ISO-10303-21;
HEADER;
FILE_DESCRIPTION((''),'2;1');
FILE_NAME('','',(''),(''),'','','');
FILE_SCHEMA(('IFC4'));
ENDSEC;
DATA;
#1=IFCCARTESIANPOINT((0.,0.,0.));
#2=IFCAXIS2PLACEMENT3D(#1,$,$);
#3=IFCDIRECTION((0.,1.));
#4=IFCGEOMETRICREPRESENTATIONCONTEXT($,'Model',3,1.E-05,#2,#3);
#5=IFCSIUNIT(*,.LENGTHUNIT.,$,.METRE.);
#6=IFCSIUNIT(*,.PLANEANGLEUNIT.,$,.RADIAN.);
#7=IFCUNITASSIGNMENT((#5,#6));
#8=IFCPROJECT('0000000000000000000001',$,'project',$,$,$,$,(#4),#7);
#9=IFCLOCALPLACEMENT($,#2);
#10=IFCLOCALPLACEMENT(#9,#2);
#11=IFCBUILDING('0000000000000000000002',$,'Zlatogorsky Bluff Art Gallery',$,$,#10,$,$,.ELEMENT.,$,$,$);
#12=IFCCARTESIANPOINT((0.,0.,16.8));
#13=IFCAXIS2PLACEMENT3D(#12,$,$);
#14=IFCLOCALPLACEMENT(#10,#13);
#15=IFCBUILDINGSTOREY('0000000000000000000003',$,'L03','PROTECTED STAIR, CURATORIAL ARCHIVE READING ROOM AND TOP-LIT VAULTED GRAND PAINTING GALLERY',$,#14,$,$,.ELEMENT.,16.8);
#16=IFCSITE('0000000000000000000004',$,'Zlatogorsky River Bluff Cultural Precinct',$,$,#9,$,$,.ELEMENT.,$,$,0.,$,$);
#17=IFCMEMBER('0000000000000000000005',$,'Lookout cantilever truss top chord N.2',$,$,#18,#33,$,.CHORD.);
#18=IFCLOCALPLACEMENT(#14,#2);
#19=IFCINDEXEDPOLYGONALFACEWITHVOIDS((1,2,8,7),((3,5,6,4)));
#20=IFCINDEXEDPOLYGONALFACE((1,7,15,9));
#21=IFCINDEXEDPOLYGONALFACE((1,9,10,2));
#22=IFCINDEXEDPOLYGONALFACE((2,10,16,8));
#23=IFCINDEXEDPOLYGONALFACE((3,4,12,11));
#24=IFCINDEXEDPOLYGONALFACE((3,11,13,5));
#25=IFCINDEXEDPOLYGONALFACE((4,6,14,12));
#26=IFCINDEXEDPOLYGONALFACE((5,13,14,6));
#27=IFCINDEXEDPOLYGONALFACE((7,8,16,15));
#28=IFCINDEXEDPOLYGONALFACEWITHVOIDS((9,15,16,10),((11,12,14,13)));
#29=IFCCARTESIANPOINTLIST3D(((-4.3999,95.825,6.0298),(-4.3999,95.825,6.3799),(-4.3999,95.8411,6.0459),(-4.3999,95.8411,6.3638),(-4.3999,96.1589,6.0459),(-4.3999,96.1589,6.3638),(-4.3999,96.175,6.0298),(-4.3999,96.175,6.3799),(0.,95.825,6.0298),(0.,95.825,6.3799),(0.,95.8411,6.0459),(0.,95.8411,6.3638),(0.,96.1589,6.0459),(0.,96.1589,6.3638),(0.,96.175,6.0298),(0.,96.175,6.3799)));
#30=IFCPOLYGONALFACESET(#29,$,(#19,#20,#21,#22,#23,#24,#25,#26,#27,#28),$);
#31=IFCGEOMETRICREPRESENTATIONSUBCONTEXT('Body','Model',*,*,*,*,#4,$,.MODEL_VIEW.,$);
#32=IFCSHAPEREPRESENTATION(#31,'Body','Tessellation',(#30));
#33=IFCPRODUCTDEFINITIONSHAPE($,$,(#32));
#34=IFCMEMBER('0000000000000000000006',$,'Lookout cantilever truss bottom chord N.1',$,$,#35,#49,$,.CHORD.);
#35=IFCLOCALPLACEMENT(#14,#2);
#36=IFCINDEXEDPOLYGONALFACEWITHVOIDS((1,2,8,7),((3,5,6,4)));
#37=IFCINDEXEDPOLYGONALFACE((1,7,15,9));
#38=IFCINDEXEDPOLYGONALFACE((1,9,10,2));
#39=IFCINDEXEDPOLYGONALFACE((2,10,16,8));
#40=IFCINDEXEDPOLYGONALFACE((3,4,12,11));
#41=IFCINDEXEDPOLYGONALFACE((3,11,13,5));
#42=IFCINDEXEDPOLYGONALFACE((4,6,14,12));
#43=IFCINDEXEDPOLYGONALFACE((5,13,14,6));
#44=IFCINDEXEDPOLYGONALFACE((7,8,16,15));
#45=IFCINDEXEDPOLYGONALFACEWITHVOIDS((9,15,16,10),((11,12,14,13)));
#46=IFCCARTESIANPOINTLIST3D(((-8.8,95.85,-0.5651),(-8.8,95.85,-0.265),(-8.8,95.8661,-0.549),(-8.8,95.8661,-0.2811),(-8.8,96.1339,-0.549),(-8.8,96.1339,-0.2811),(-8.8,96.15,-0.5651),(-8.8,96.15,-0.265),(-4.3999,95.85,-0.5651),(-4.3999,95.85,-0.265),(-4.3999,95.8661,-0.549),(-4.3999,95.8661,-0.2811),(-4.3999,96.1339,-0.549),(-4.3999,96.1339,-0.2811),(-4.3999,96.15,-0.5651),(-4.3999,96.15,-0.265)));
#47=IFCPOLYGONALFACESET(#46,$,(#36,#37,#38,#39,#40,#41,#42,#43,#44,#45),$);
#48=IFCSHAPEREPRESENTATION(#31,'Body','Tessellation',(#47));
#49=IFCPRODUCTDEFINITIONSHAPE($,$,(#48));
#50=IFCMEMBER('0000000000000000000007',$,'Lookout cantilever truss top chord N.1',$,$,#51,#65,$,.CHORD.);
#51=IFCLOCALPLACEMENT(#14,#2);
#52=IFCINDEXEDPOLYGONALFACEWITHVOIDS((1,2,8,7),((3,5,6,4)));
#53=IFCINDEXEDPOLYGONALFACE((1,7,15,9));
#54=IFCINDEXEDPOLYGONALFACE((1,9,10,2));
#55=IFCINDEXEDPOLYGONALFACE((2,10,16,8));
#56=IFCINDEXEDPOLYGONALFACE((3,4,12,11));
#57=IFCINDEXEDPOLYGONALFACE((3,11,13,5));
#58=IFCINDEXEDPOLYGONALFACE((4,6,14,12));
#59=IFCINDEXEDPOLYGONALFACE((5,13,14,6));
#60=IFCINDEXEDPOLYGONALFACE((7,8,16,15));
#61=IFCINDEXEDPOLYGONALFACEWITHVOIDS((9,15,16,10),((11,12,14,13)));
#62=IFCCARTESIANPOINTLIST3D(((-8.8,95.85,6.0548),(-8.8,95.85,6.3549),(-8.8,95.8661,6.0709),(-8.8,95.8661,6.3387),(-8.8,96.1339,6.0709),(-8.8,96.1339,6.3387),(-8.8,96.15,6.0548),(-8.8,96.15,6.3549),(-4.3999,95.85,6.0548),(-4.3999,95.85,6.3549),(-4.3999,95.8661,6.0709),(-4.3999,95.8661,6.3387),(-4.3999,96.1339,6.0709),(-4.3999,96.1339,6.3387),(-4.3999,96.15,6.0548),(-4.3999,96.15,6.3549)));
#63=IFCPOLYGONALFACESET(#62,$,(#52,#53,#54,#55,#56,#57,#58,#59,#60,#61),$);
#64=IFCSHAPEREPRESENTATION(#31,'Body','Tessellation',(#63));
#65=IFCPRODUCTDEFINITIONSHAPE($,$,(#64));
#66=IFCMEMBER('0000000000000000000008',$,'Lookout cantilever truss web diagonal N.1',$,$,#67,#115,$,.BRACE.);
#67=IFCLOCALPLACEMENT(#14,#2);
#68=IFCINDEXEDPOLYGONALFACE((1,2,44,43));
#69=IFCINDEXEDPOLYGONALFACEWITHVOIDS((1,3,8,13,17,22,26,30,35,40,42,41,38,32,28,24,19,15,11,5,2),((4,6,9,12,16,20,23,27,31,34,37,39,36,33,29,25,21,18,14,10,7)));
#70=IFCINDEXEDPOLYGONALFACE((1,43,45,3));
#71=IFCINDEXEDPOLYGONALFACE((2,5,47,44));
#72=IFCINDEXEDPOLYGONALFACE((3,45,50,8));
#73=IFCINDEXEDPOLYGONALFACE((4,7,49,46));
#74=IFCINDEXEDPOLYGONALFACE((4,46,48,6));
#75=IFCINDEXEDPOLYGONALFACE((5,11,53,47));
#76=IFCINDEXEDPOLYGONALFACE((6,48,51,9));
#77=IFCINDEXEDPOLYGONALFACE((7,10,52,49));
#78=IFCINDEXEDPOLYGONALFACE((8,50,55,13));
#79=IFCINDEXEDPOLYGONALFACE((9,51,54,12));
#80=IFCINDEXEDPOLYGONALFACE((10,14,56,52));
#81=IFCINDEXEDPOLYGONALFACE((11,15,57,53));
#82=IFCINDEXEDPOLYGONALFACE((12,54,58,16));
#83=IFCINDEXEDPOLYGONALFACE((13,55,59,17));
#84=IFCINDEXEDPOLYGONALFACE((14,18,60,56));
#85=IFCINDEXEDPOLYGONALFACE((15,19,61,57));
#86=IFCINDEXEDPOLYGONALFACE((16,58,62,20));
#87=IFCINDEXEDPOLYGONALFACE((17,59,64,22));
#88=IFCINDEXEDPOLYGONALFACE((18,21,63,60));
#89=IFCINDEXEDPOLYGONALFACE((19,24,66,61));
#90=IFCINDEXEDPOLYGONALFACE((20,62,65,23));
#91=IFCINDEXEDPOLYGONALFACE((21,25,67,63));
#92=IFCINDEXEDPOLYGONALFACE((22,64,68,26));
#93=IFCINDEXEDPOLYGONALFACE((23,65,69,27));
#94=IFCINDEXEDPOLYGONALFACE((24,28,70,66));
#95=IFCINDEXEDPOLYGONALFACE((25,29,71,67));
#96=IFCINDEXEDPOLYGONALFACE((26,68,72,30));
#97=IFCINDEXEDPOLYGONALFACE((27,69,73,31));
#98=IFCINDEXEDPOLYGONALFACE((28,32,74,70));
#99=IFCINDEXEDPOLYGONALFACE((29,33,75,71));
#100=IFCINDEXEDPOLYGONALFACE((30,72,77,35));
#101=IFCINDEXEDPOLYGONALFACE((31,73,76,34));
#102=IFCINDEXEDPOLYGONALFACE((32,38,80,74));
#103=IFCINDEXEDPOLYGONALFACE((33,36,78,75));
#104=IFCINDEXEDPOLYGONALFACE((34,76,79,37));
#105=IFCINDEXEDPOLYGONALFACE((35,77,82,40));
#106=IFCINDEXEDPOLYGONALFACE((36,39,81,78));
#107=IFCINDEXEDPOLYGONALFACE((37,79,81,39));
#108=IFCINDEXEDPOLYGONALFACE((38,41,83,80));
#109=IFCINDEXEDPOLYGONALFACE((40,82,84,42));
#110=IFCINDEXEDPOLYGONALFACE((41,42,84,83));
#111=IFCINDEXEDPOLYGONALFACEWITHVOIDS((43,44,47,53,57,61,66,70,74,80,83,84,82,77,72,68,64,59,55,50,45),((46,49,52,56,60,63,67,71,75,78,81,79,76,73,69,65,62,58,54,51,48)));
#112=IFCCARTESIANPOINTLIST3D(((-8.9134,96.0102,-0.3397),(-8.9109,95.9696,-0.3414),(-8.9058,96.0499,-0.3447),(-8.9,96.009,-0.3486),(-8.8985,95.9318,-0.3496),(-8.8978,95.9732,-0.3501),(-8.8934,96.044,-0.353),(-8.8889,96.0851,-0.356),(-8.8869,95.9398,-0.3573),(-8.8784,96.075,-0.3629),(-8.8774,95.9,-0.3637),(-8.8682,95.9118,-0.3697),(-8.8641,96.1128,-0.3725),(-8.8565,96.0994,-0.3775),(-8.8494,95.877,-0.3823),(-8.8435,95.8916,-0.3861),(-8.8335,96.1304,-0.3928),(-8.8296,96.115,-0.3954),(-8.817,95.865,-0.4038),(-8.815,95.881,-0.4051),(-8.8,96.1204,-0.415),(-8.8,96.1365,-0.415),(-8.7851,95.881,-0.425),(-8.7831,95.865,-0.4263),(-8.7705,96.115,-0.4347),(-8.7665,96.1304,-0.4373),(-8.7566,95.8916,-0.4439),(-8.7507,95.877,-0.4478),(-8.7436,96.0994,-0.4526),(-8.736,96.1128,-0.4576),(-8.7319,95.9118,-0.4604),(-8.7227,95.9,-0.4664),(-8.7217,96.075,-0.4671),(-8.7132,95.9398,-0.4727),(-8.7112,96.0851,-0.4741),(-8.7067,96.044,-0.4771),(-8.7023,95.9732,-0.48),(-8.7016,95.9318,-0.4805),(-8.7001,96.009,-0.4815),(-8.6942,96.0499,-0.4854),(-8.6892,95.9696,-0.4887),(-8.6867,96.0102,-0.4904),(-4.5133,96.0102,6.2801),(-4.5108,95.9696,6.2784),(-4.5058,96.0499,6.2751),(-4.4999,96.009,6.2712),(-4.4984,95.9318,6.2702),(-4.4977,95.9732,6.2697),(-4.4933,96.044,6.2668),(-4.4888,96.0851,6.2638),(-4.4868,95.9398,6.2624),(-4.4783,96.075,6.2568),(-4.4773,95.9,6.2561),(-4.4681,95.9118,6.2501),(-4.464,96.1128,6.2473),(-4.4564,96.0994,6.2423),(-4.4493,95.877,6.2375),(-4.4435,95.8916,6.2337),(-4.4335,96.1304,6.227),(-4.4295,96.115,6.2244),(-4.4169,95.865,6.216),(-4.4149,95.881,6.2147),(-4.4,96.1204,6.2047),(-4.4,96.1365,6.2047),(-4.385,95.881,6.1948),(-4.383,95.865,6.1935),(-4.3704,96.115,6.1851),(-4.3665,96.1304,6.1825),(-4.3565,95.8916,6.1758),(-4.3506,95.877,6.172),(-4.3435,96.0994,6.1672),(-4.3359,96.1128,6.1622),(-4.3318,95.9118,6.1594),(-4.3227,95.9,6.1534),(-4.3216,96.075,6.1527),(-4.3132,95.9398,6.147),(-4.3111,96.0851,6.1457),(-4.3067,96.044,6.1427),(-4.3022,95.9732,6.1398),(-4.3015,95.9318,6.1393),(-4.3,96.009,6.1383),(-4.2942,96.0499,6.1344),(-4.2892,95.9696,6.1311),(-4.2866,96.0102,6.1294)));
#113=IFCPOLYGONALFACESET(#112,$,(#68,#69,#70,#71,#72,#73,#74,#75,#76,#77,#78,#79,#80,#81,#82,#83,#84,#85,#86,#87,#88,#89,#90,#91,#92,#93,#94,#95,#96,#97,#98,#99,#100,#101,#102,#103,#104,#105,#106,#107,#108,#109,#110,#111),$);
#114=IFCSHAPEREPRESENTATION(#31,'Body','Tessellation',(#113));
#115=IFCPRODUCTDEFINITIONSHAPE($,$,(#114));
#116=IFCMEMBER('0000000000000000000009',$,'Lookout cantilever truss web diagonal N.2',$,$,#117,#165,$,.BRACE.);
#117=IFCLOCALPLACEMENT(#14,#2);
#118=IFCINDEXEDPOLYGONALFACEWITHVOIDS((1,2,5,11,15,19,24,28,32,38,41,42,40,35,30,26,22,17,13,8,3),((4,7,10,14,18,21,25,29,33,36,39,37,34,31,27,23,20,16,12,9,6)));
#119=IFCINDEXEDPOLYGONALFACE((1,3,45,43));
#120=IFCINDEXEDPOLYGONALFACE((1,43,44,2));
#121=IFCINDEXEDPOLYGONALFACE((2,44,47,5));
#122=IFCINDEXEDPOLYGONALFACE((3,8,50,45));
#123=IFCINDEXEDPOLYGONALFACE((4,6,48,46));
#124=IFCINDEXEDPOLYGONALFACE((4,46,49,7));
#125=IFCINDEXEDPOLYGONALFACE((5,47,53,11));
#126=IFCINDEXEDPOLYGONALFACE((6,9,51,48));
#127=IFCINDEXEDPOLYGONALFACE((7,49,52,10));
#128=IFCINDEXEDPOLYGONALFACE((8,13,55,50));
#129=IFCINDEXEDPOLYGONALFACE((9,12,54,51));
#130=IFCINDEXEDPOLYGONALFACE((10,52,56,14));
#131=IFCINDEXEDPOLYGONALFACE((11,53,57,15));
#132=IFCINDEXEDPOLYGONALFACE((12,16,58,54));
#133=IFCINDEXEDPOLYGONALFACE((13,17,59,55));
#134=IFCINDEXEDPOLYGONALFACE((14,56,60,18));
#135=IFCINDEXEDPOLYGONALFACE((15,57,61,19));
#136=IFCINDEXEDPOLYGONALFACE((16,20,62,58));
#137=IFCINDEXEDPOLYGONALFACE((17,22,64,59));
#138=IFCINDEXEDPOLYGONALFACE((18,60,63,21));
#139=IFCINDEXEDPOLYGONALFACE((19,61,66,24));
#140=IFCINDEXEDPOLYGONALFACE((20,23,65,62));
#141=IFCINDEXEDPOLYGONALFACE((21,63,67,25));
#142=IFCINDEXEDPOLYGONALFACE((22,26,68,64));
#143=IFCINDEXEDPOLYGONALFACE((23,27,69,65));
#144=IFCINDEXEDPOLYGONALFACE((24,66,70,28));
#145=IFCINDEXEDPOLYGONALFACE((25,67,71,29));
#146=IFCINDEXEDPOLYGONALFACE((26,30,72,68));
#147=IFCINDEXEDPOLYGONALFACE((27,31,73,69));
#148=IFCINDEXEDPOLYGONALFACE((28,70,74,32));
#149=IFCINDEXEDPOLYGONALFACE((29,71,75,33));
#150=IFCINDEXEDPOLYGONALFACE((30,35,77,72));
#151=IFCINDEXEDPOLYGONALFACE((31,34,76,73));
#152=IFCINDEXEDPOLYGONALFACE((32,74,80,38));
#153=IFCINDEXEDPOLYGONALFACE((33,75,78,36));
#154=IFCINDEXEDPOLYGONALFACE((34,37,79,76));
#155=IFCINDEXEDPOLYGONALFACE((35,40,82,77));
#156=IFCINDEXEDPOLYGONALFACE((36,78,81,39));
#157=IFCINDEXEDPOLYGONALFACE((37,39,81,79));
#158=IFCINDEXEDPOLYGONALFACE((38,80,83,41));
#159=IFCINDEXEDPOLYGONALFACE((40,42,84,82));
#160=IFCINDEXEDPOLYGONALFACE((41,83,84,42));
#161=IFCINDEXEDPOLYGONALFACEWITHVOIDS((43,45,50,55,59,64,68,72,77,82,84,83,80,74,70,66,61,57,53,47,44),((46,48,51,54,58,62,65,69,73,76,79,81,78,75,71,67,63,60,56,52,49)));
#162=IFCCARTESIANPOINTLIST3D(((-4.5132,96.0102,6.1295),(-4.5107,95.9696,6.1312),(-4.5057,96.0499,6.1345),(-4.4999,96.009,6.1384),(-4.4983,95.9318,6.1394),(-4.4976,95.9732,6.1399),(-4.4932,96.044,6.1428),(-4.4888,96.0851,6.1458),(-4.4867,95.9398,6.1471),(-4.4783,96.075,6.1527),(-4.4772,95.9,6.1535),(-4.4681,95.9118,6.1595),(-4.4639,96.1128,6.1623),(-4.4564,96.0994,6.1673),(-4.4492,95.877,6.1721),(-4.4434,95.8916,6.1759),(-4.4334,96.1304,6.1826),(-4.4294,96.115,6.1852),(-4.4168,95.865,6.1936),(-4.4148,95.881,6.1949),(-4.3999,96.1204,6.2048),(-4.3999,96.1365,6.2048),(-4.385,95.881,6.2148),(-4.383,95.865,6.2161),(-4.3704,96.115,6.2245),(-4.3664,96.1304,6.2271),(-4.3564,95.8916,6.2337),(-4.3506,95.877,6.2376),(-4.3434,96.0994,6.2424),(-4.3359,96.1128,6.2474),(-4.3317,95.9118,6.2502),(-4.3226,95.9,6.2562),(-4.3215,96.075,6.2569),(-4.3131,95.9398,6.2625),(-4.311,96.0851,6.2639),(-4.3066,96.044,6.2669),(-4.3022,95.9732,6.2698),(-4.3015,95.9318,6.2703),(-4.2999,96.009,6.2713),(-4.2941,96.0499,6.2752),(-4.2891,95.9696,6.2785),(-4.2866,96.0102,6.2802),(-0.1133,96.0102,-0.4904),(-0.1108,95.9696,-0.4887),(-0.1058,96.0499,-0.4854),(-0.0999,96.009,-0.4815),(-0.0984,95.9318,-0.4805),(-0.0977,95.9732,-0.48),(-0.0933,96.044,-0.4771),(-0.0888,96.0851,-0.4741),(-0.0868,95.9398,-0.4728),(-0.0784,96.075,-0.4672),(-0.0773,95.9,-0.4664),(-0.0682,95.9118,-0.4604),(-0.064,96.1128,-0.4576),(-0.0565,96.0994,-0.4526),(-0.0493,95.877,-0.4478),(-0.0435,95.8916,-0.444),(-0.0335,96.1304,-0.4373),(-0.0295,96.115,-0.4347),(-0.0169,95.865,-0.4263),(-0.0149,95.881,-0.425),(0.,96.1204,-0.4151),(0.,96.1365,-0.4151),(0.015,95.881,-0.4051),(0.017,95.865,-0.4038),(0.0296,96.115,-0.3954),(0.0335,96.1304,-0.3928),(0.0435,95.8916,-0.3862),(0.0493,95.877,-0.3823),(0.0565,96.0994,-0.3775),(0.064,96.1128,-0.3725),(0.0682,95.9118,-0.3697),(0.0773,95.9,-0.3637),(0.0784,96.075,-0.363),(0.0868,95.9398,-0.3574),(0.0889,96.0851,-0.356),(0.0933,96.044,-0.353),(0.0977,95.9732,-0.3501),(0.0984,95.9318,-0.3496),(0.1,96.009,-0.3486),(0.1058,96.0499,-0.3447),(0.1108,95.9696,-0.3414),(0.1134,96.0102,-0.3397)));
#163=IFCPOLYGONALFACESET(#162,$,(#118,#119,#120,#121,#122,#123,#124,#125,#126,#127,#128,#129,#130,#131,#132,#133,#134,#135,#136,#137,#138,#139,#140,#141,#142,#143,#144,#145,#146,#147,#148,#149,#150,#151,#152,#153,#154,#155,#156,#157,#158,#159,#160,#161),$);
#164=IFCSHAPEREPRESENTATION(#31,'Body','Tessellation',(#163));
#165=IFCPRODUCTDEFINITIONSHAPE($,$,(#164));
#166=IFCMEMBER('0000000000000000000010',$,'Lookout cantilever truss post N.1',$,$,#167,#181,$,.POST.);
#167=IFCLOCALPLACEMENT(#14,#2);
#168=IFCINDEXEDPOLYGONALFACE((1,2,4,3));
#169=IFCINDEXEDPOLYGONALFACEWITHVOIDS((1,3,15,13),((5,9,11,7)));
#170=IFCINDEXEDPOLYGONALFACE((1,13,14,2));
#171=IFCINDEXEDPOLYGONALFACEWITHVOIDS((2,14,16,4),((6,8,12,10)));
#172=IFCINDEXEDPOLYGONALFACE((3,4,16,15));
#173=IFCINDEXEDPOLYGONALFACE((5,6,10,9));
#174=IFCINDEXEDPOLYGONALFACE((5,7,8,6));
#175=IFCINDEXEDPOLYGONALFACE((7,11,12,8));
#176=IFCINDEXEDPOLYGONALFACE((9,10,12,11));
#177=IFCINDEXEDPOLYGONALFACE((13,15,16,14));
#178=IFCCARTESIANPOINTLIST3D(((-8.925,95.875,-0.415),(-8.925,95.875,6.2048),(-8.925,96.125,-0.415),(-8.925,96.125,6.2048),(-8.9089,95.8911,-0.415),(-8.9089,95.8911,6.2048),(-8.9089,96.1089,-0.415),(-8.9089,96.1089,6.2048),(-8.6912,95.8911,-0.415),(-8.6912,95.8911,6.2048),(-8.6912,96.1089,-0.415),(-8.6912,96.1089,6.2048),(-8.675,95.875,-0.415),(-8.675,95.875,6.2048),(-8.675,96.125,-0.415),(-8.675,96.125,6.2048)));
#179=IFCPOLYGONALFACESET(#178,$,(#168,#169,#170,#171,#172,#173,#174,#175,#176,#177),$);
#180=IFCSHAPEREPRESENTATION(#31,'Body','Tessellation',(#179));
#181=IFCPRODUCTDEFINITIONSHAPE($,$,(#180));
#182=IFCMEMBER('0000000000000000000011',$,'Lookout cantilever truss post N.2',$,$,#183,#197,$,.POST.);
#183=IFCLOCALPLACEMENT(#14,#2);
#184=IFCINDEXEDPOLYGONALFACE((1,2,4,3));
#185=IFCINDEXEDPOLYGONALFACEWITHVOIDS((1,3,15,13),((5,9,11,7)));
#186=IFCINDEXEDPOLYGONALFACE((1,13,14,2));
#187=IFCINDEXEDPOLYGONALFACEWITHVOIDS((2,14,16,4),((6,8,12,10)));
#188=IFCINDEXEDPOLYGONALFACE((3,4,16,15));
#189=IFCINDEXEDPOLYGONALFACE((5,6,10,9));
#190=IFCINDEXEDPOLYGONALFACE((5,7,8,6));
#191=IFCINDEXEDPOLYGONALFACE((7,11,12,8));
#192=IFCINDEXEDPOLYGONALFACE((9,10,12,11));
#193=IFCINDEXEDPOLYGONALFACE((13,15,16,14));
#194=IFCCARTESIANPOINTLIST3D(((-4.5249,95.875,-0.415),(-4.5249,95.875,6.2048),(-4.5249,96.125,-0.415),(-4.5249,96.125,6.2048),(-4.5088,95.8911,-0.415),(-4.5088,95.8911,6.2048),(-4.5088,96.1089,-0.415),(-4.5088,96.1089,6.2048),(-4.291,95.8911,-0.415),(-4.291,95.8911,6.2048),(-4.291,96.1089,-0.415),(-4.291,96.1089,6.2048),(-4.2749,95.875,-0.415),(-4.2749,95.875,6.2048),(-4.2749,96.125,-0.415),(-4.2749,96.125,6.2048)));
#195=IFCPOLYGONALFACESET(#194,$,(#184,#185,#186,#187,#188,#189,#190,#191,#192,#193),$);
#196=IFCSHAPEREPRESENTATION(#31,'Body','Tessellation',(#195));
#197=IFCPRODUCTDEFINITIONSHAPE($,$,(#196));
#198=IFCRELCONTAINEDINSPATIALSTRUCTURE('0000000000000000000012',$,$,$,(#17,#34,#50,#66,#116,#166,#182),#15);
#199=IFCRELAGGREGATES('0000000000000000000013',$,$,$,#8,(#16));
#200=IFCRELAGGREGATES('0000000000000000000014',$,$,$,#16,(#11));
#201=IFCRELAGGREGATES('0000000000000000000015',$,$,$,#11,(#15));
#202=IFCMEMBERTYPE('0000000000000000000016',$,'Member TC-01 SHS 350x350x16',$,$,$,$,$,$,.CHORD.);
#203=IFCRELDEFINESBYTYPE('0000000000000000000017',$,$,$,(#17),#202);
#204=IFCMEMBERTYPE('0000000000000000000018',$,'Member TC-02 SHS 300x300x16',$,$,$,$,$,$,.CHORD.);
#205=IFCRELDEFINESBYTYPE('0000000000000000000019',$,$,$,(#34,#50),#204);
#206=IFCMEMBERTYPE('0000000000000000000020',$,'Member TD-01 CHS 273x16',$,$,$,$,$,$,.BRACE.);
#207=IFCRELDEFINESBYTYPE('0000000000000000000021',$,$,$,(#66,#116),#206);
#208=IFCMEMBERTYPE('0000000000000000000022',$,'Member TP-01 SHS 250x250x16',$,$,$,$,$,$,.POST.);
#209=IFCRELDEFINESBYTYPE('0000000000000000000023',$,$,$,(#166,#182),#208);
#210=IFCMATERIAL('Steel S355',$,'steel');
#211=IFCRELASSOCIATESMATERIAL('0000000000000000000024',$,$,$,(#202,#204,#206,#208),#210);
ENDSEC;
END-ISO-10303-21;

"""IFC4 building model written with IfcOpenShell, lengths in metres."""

from ifc_helpers import new_model, si_unit, direction, frame, origin, origin_2d, place, context, subcontext, project, spatial, hollow_rectangle, hollow_circle, extrude, material, material_profile, profile_set, type_object, element, save


model = new_model("IFC4")

# Units and contexts
model_context = context("Model", 3, precision=1e-05, world=origin(), true_north=direction((0.0, 1.0)))
body_context = subcontext(model_context, "Body", "Model", "MODEL_VIEW")
ifc_project = project(units=[si_unit("LENGTHUNIT", "METRE"), si_unit("PLANEANGLEUNIT", "RADIAN")], contexts=[model_context])

# Site, building, storey
site_placement = place(None, origin())
site = spatial("IfcSite", under=ifc_project, at=site_placement, Name="Zlatogorsky River Bluff Cultural Precinct", CompositionType="ELEMENT", RefElevation=0.0)
building_placement = place(site_placement, origin())
building = spatial("IfcBuilding", under=site, at=building_placement, Name="Zlatogorsky Bluff Art Gallery", CompositionType="ELEMENT")
storey_placement = place(building_placement, frame((0.0, 0.0, 16.8)))
storey = spatial("IfcBuildingStorey", under=building, at=storey_placement, Name="L03", Description="PROTECTED STAIR, CURATORIAL ARCHIVE READING ROOM AND TOP-LIT VAULTED GRAND PAINTING GALLERY", CompositionType="ELEMENT", Elevation=16.8)

# Members
ifc_material_1 = material(Name="Steel S355", Category="steel")
ifc_material_profile_1 = material_profile(ifc_material_1, hollow_rectangle(XDim=0.3501, YDim=0.3501, WallThickness=0.0161, at=origin_2d()), Name="SHS 350x350x16")
ifc_profile_set_1 = profile_set([ifc_material_profile_1], Name="Steel S355")
member_type_1 = type_object("IfcMemberType", Name="Member TC-01 SHS 350x350x16", PredefinedType="CHORD", material=ifc_profile_set_1)
for number, where, z_axis, x_axis, name in (
    (1, (-4.3999, 96.0, 6.2048), (1.0, 0.0, 0.0), (0.0, 1.0, 0.0), "Lookout cantilever truss top chord N.2"),
):
    element("IfcMember", number, at=place(storey_placement, frame(where, z_axis=z_axis, x_axis=x_axis)), inside=storey, type_object=member_type_1, Name=name, PredefinedType="CHORD", context=body_context, shape_type="SweptSolid", body=[
        extrude(hollow_rectangle(XDim=0.3501, YDim=0.3501, WallThickness=0.0161, at=origin_2d()), origin(), (0.0, 0.0, 1.0), 4.3999),
    ])
ifc_material_profile_2 = material_profile(ifc_material_1, hollow_rectangle(XDim=0.3, YDim=0.3, WallThickness=0.0161, at=origin_2d()), Name="SHS 300x300x16")
ifc_profile_set_2 = profile_set([ifc_material_profile_2], Name="Steel S355")
member_type_2 = type_object("IfcMemberType", Name="Member TC-02 SHS 300x300x16", PredefinedType="CHORD", material=ifc_profile_set_2)
for number, where, z_axis, x_axis, name in (
    (2, (-8.8, 96.0, -0.415), (1.0, 0.0, 0.0), (0.0, 1.0, 0.0), "Lookout cantilever truss bottom chord N.1"),
    (3, (-8.8, 96.0, 6.2048), (1.0, 0.0, 0.0), (0.0, 1.0, 0.0), "Lookout cantilever truss top chord N.1"),
):
    element("IfcMember", number, at=place(storey_placement, frame(where, z_axis=z_axis, x_axis=x_axis)), inside=storey, type_object=member_type_2, Name=name, PredefinedType="CHORD", context=body_context, shape_type="SweptSolid", body=[
        extrude(hollow_rectangle(XDim=0.3, YDim=0.3, WallThickness=0.0161, at=origin_2d()), origin(), (0.0, 0.0, 1.0), 4.4001),
    ])
ifc_material_profile_3 = material_profile(ifc_material_1, hollow_circle(Radius=0.1365, WallThickness=0.0161, at=origin_2d()), Name="CHS 273x16")
ifc_profile_set_3 = profile_set([ifc_material_profile_3], Name="Steel S355")
member_type_3 = type_object("IfcMemberType", Name="Member TD-01 CHS 273x16", PredefinedType="BRACE", material=ifc_profile_set_3)
for number, where, z_axis, x_axis, name in (
    (4, (-8.8, 96.0, -0.415), (0.553559, 0.0, 0.83281), (0.0, 1.0, 0.0), "Lookout cantilever truss web diagonal N.1"),
    (5, (-4.3999, 96.0, 6.2048), (0.553537, 0.0, -0.832824), (0.0, 1.0, 0.0), "Lookout cantilever truss web diagonal N.2"),
):
    element("IfcMember", number, at=place(storey_placement, frame(where, z_axis=z_axis, x_axis=x_axis)), inside=storey, type_object=member_type_3, Name=name, PredefinedType="BRACE", context=body_context, shape_type="SweptSolid", body=[
        extrude(hollow_circle(Radius=0.1365, WallThickness=0.0161, at=origin_2d()), origin(), (0.0, 0.0, 1.0), 7.9487),
    ])
ifc_material_profile_4 = material_profile(ifc_material_1, hollow_rectangle(XDim=0.25, YDim=0.25, WallThickness=0.0161, at=origin_2d()), Name="SHS 250x250x16")
ifc_profile_set_4 = profile_set([ifc_material_profile_4], Name="Steel S355")
member_type_4 = type_object("IfcMemberType", Name="Member TP-01 SHS 250x250x16", PredefinedType="POST", material=ifc_profile_set_4)
for number, where, z_axis, x_axis, name in (
    (6, (-8.8, 96.0, -0.415), (0.0, 0.0, 1.0), (1.0, 0.0, 0.0), "Lookout cantilever truss post N.1"),
    (7, (-4.3999, 96.0, -0.415), (0.0, 0.0, 1.0), (1.0, 0.0, 0.0), "Lookout cantilever truss post N.2"),
):
    element("IfcMember", number, at=place(storey_placement, frame(where, z_axis=z_axis, x_axis=x_axis)), inside=storey, type_object=member_type_4, Name=name, PredefinedType="POST", context=body_context, shape_type="SweptSolid", body=[
        extrude(hollow_rectangle(XDim=0.25, YDim=0.25, WallThickness=0.0161, at=origin_2d()), origin(), (0.0, 0.0, 1.0), 6.6199),
    ])

save(model, "model.ifc")
